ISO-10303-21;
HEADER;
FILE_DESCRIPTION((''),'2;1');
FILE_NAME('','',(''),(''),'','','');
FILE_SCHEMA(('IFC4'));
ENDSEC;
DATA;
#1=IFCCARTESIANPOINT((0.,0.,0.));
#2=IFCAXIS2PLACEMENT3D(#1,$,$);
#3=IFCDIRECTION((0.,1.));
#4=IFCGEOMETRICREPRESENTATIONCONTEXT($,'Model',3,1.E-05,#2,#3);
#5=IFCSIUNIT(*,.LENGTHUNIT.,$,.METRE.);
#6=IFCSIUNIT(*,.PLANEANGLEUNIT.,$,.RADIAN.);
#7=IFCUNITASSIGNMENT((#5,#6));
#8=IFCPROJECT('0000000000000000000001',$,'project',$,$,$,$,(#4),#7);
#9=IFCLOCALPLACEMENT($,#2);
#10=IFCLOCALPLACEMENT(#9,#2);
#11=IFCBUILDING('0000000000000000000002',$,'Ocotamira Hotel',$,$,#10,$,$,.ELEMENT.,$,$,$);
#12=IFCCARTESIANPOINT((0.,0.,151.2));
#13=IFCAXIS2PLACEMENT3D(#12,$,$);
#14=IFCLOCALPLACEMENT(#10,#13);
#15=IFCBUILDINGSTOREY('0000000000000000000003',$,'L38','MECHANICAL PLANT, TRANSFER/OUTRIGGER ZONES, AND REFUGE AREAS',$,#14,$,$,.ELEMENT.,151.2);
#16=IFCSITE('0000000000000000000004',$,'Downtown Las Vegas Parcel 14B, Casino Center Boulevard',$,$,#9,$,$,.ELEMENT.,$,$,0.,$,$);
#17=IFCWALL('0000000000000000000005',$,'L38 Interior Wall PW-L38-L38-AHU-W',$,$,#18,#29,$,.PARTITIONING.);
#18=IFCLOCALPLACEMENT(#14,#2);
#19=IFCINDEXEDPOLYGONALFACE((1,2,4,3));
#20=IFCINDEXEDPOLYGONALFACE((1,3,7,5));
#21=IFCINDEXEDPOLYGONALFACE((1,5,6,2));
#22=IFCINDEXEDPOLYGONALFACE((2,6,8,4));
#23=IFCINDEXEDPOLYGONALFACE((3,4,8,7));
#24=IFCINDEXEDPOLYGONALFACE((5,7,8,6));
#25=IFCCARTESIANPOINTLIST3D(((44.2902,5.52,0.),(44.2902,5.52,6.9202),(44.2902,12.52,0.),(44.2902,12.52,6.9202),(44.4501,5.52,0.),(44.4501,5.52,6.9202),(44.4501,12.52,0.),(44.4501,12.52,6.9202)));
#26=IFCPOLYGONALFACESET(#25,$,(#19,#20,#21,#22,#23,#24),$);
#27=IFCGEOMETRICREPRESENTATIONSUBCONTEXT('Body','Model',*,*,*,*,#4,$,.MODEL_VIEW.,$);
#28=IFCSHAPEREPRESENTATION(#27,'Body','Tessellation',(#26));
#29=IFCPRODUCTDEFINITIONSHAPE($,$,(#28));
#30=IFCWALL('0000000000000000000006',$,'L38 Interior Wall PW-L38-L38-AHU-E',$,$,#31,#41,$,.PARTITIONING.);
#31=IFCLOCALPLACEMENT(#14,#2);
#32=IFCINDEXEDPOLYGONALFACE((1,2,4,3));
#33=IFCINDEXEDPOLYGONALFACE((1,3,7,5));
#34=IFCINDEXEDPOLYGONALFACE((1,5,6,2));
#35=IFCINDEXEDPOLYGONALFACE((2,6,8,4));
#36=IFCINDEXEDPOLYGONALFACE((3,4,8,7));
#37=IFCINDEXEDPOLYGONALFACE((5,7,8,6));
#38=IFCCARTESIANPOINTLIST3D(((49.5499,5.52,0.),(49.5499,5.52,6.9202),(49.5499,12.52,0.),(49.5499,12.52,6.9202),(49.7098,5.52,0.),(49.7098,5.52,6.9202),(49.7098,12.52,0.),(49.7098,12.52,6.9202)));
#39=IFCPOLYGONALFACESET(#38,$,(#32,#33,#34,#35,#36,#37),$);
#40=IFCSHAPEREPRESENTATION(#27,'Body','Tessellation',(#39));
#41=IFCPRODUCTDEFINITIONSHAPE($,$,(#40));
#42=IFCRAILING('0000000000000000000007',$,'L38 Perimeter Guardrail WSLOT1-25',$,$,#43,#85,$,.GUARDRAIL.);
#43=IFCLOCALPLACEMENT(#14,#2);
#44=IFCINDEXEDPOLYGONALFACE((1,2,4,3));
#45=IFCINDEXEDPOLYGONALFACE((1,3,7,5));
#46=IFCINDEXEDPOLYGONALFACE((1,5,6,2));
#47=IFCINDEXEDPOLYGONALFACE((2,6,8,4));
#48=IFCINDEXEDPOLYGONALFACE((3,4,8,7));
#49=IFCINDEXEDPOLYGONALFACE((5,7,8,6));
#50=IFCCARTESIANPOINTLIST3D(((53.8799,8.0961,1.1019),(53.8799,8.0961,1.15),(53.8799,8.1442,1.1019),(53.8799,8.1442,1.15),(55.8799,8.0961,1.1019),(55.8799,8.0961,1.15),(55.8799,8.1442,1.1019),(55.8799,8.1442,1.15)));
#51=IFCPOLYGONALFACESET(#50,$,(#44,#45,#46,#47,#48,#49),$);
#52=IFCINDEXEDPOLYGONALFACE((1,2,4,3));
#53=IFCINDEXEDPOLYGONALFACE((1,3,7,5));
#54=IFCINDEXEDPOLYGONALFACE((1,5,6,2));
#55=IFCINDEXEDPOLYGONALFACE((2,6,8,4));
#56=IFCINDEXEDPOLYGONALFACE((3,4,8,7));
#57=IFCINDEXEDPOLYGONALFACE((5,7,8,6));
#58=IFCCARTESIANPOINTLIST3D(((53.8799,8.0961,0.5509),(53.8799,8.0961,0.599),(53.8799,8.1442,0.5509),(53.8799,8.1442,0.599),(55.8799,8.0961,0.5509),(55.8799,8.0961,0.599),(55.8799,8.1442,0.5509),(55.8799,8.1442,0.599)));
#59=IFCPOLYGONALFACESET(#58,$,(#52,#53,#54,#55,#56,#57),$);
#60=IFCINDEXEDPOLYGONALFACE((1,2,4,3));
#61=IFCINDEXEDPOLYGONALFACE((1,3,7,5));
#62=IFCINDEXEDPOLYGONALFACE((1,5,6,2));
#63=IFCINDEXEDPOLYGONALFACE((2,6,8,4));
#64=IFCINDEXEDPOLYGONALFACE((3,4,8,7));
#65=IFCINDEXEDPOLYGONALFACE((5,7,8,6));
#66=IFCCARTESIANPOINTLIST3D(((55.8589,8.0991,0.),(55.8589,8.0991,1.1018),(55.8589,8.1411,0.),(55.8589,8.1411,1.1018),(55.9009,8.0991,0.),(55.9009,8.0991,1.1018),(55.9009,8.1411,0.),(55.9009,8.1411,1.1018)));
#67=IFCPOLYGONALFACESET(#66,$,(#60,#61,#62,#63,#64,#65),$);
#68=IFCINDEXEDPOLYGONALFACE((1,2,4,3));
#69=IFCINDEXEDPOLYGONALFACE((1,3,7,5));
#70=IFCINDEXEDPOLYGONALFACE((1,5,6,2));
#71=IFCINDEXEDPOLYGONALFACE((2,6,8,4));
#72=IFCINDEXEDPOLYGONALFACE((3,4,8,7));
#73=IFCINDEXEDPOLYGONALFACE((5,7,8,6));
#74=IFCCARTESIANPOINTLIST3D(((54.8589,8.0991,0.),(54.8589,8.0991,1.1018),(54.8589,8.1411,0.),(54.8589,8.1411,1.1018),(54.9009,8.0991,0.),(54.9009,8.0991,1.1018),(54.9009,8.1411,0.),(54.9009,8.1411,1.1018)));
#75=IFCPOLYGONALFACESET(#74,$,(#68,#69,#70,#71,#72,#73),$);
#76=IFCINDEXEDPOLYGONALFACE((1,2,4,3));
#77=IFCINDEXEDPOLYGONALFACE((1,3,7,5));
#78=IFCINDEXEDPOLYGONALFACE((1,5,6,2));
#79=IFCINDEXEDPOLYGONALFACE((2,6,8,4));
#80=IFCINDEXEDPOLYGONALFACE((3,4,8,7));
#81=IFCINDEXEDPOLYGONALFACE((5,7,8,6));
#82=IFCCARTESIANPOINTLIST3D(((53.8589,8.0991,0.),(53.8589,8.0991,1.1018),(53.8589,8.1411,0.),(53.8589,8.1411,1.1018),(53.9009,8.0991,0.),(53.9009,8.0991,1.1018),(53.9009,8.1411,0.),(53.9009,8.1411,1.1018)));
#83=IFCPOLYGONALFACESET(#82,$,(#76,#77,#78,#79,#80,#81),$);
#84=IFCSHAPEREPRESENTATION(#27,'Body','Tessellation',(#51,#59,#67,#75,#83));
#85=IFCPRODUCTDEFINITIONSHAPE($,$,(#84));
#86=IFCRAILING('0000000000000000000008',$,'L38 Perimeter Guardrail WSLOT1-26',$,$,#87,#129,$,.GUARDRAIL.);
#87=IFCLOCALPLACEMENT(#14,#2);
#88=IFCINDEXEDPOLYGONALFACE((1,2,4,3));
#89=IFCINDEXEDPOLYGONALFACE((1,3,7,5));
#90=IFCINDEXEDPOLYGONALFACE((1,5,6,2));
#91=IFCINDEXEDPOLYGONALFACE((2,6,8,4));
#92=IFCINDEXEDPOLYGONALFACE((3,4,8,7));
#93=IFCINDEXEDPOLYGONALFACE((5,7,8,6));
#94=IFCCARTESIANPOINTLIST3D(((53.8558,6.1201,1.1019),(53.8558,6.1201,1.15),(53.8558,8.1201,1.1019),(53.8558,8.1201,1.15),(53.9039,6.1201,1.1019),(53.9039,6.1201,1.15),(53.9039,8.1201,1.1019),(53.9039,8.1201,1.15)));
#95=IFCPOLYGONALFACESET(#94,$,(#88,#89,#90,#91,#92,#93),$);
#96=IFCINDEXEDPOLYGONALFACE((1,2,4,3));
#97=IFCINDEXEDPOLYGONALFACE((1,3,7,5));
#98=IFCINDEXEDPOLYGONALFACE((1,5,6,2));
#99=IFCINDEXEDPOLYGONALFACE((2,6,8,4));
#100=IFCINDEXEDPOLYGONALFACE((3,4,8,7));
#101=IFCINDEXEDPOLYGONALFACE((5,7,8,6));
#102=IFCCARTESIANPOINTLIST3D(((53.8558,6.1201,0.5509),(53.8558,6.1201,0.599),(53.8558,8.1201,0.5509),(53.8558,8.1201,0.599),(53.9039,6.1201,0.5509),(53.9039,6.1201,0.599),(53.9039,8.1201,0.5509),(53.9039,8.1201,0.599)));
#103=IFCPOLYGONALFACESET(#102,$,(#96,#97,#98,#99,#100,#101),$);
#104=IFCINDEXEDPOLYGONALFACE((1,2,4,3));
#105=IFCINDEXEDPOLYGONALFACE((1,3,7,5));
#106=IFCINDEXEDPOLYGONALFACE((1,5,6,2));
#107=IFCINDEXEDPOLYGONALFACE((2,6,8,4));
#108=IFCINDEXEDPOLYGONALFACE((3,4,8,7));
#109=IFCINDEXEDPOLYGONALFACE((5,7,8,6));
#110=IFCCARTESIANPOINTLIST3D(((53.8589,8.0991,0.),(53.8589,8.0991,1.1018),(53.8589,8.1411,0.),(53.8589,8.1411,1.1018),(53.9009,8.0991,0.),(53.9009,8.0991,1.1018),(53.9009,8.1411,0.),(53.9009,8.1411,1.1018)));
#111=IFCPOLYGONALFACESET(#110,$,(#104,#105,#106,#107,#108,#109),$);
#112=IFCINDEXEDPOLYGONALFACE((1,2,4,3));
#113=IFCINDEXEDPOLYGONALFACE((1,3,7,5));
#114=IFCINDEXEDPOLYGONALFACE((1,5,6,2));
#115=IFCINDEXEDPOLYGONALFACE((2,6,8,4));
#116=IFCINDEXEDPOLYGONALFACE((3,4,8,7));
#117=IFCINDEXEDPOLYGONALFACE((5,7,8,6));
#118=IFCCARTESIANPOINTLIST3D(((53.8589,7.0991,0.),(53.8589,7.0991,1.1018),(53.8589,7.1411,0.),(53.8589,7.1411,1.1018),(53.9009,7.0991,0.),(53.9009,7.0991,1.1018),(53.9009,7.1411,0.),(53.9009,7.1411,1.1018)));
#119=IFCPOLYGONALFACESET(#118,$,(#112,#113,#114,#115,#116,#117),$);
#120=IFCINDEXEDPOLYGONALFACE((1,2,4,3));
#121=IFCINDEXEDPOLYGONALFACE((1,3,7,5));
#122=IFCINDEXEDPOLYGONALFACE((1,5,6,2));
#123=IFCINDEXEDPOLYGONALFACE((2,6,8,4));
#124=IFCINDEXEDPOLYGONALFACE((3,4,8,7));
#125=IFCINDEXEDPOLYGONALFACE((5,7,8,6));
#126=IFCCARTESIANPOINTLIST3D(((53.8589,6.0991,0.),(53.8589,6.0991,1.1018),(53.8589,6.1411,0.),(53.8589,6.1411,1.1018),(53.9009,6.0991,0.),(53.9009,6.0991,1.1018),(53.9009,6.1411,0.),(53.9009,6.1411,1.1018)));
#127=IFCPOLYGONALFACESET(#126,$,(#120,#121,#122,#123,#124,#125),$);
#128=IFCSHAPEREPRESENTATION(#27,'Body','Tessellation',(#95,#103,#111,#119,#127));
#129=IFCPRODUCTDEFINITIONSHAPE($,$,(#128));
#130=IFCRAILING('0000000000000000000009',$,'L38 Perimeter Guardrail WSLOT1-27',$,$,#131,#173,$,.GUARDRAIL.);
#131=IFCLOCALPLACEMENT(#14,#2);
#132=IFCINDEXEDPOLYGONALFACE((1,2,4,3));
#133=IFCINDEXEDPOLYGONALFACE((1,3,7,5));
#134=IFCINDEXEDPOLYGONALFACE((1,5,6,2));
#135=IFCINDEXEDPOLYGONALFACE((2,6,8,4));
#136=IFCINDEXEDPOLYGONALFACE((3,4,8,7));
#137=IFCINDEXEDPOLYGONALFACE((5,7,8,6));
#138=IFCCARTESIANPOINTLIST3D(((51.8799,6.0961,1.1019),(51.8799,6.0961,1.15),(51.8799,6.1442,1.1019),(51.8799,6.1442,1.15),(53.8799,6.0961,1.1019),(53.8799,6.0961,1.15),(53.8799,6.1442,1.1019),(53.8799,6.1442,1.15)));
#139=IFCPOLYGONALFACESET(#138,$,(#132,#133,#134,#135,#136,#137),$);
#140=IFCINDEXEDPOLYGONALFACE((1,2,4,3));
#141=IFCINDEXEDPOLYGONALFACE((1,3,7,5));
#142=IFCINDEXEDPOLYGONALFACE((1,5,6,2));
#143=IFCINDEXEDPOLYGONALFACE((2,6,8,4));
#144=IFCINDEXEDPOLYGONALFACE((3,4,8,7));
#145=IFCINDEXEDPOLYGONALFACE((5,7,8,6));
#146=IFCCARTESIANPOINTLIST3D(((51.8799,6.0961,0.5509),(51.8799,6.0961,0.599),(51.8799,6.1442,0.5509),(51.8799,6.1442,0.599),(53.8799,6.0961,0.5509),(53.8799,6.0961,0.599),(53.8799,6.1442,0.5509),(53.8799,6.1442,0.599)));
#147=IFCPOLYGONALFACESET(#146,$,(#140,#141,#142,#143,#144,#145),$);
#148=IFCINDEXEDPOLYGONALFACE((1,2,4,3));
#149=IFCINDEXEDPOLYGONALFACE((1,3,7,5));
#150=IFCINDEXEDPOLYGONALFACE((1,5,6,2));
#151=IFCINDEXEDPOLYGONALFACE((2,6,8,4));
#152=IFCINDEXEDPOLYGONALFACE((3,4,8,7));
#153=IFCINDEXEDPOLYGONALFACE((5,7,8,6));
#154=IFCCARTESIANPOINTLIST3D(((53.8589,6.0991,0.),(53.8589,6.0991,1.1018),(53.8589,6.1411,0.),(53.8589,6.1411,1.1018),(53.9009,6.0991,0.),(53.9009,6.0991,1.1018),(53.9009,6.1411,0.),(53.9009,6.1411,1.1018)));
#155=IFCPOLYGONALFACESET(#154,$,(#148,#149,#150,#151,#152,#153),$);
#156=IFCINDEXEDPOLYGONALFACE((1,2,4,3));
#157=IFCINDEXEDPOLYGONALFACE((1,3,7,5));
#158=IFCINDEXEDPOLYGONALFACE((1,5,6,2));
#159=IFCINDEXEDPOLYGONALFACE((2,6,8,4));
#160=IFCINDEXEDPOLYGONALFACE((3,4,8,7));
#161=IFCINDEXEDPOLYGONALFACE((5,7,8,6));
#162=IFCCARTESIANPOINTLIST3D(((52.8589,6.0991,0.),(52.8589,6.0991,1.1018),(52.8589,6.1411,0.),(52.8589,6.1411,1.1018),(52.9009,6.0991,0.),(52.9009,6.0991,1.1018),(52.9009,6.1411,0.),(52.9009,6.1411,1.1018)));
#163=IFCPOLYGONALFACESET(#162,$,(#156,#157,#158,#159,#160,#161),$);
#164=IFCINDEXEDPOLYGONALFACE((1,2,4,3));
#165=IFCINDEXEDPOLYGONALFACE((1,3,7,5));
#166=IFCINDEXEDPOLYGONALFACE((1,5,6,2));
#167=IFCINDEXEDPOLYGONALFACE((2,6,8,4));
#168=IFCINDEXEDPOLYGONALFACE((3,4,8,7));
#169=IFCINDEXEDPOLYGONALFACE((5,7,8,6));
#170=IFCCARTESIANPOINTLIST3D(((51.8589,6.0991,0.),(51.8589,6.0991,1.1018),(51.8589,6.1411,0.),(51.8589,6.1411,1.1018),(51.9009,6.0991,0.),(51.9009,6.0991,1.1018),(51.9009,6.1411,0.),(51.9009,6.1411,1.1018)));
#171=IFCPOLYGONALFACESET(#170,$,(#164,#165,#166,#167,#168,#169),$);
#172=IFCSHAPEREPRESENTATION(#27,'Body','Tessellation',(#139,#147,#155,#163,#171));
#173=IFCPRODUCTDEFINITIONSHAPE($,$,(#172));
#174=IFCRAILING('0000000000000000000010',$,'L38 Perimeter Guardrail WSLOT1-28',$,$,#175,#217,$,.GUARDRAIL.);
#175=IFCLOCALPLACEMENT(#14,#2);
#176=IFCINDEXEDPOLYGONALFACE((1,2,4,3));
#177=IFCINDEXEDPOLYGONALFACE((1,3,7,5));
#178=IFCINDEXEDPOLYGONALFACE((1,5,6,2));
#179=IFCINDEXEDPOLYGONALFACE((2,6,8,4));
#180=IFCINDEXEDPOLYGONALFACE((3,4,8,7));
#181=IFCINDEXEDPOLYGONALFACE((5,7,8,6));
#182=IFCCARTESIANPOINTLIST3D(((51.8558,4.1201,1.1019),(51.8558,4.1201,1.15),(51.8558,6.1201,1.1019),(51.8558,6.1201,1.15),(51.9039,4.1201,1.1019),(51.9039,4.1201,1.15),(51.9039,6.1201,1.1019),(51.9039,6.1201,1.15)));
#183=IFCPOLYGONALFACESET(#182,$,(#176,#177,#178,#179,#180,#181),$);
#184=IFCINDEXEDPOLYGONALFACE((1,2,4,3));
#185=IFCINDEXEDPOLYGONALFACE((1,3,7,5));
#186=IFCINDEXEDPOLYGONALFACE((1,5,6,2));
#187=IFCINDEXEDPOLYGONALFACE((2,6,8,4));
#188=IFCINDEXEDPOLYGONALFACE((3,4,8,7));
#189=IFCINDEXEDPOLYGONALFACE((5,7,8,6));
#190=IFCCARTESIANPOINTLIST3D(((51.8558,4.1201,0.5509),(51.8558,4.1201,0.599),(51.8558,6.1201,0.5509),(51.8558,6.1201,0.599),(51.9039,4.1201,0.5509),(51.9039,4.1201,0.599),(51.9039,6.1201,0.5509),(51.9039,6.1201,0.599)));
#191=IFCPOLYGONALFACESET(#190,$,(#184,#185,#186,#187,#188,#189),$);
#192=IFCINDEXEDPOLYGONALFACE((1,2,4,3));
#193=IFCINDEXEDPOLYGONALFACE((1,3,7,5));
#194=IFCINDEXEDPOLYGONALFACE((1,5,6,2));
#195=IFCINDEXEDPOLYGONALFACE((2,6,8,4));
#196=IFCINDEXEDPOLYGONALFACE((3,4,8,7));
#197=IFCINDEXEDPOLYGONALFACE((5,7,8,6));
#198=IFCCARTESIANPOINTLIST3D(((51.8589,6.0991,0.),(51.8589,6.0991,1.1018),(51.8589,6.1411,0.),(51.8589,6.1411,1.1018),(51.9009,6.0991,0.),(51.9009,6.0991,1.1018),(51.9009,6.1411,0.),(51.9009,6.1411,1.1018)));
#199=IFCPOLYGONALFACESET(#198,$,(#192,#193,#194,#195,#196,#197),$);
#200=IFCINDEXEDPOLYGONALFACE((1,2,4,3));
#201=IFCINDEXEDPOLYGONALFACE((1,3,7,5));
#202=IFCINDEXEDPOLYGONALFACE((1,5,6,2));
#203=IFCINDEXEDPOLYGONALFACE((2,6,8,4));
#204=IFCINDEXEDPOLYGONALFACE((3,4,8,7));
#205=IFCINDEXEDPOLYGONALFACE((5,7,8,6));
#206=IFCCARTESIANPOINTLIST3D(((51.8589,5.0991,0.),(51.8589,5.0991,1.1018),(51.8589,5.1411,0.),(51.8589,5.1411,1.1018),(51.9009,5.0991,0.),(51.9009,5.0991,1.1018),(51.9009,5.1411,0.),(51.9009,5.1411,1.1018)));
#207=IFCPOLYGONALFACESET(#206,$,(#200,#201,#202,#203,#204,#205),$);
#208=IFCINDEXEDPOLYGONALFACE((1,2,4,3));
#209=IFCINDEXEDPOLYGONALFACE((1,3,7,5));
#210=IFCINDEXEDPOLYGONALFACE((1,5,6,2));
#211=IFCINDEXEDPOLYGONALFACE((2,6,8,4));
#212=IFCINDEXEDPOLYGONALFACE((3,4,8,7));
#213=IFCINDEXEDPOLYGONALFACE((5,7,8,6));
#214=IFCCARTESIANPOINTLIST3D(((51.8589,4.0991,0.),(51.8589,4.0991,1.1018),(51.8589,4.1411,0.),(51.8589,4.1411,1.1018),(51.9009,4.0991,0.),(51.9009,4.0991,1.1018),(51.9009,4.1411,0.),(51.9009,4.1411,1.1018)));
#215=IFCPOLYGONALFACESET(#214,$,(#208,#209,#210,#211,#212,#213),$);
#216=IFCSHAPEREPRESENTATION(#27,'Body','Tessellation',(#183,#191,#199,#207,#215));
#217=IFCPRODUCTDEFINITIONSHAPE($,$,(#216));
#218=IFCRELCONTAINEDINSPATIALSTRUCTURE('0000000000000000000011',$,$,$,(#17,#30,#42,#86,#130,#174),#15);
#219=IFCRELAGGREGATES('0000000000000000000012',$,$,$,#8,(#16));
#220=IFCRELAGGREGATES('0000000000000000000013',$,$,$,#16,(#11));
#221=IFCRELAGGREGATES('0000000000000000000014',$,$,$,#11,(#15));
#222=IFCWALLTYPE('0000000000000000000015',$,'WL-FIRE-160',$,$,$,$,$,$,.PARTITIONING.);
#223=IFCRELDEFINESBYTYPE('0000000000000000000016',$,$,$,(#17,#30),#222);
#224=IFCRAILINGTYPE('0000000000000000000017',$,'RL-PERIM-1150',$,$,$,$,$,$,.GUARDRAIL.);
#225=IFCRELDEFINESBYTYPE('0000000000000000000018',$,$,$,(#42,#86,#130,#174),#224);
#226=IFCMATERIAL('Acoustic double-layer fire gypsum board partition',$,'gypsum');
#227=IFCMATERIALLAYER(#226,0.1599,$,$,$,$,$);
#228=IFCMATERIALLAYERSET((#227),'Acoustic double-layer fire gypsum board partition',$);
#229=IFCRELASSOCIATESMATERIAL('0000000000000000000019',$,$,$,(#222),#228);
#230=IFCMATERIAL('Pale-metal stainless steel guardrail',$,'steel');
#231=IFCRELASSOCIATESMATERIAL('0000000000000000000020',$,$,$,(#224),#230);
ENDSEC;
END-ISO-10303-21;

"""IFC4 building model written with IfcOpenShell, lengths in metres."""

from ifc_helpers import new_model, si_unit, direction, frame, frame_2d, origin, origin_2d, place, context, subcontext, project, spatial, rectangle, extrude, material, layer, layer_set, type_object, element, save


model = new_model("IFC4")

# Units and contexts
model_context = context("Model", 3, precision=1e-05, world=origin(), true_north=direction((0.0, 1.0)))
body_context = subcontext(model_context, "Body", "Model", "MODEL_VIEW")
ifc_project = project(units=[si_unit("LENGTHUNIT", "METRE"), si_unit("PLANEANGLEUNIT", "RADIAN")], contexts=[model_context])

# Site, building, storey
site_placement = place(None, origin())
site = spatial("IfcSite", under=ifc_project, at=site_placement, Name="Downtown Las Vegas Parcel 14B, Casino Center Boulevard", CompositionType="ELEMENT", RefElevation=0.0)
building_placement = place(site_placement, origin())
building = spatial("IfcBuilding", under=site, at=building_placement, Name="Ocotamira Hotel", CompositionType="ELEMENT")
storey_placement = place(building_placement, frame((0.0, 0.0, 151.2)))
storey = spatial("IfcBuildingStorey", under=building, at=storey_placement, Name="L38", Description="MECHANICAL PLANT, TRANSFER/OUTRIGGER ZONES, AND REFUGE AREAS", CompositionType="ELEMENT", Elevation=151.2)

# Shared definitions
ifc_material_1 = material(Name="Acoustic double-layer fire gypsum board partition", Category="gypsum")
ifc_layer_1 = layer(ifc_material_1, 0.1599)
ifc_layer_set_1 = layer_set([ifc_layer_1], Name="Acoustic double-layer fire gypsum board partition")
wall_type = type_object("IfcWallType", Name="WL-FIRE-160", PredefinedType="PARTITIONING", material=ifc_layer_set_1)

# Walls
for number, where, z_axis, x_axis, name in (
    (1, (44.3701, 5.52, 0.0), (0.0, 0.0, 1.0), (0.0, 1.0, 0.0), "L38 Interior Wall PW-L38-L38-AHU-W"),
    (2, (49.6299, 5.52, 0.0), (0.0, 0.0, 1.0), (0.0, 1.0, 0.0), "L38 Interior Wall PW-L38-L38-AHU-E"),
):
    element("IfcWall", number, at=place(storey_placement, frame(where, z_axis=z_axis, x_axis=x_axis)), inside=storey, type_object=wall_type, Name=name, PredefinedType="PARTITIONING", context=body_context, shape_type="SweptSolid", body=[
        extrude(rectangle(XDim=7.0, YDim=0.1599, at=frame_2d((3.5, 0.0))), origin(), (0.0, 0.0, 1.0), 6.9202),
    ])

# Railings
ifc_material_2 = material(Name="Pale-metal stainless steel guardrail", Category="steel")
railing_type = type_object("IfcRailingType", Name="RL-PERIM-1150", PredefinedType="GUARDRAIL", material=ifc_material_2)
railing_1_placement = place(storey_placement, frame((55.8799, 8.1201, 0.0)))
element("IfcRailing", 3, at=railing_1_placement, inside=storey, type_object=railing_type, Name="L38 Perimeter Guardrail WSLOT1-25", PredefinedType="GUARDRAIL", context=body_context, shape_type="SweptSolid", body=[
    extrude(rectangle(XDim=0.0481, YDim=0.0481, at=origin_2d()), frame((0.0, 0.0, 1.126), z_axis=(-1.0, 0.0, 0.0), x_axis=(0.0, -1.0, 0.0)), (0.0, 0.0, 1.0), 2.0),
    extrude(rectangle(XDim=0.0481, YDim=0.0481, at=origin_2d()), frame((0.0, 0.0, 0.575), z_axis=(-1.0, 0.0, 0.0), x_axis=(0.0, -1.0, 0.0)), (0.0, 0.0, 1.0), 2.0),
    extrude(rectangle(XDim=0.042, YDim=0.042, at=origin_2d()), origin(), (0.0, 0.0, 1.0), 1.1018),
    extrude(rectangle(XDim=0.042, YDim=0.042, at=origin_2d()), frame((-1.0, 0.0, 0.0)), (0.0, 0.0, 1.0), 1.1018),
    extrude(rectangle(XDim=0.042, YDim=0.042, at=origin_2d()), frame((-2.0, 0.0, 0.0)), (0.0, 0.0, 1.0), 1.1018),
])
railing_2_placement = place(storey_placement, frame((53.8799, 8.1201, 0.0)))
element("IfcRailing", 4, at=railing_2_placement, inside=storey, type_object=railing_type, Name="L38 Perimeter Guardrail WSLOT1-26", PredefinedType="GUARDRAIL", context=body_context, shape_type="SweptSolid", body=[
    extrude(rectangle(XDim=0.0481, YDim=0.0481, at=origin_2d()), frame((0.0, 0.0, 1.126), z_axis=(0.0, -1.0, 0.0), x_axis=(1.0, 0.0, 0.0)), (0.0, 0.0, 1.0), 2.0),
    extrude(rectangle(XDim=0.0481, YDim=0.0481, at=origin_2d()), frame((0.0, 0.0, 0.575), z_axis=(0.0, -1.0, 0.0), x_axis=(1.0, 0.0, 0.0)), (0.0, 0.0, 1.0), 2.0),
    extrude(rectangle(XDim=0.042, YDim=0.042, at=origin_2d()), origin(), (0.0, 0.0, 1.0), 1.1018),
    extrude(rectangle(XDim=0.042, YDim=0.042, at=origin_2d()), frame((0.0, -1.0, 0.0)), (0.0, 0.0, 1.0), 1.1018),
    extrude(rectangle(XDim=0.042, YDim=0.042, at=origin_2d()), frame((0.0, -2.0, 0.0)), (0.0, 0.0, 1.0), 1.1018),
])
railing_3_placement = place(storey_placement, frame((53.8799, 6.1201, 0.0)))
element("IfcRailing", 5, at=railing_3_placement, inside=storey, type_object=railing_type, Name="L38 Perimeter Guardrail WSLOT1-27", PredefinedType="GUARDRAIL", context=body_context, shape_type="SweptSolid", body=[
    extrude(rectangle(XDim=0.0481, YDim=0.0481, at=origin_2d()), frame((0.0, 0.0, 1.126), z_axis=(-1.0, 0.0, 0.0), x_axis=(0.0, -1.0, 0.0)), (0.0, 0.0, 1.0), 2.0),
    extrude(rectangle(XDim=0.0481, YDim=0.0481, at=origin_2d()), frame((0.0, 0.0, 0.575), z_axis=(-1.0, 0.0, 0.0), x_axis=(0.0, -1.0, 0.0)), (0.0, 0.0, 1.0), 2.0),
    extrude(rectangle(XDim=0.042, YDim=0.042, at=origin_2d()), origin(), (0.0, 0.0, 1.0), 1.1018),
    extrude(rectangle(XDim=0.042, YDim=0.042, at=origin_2d()), frame((-1.0, 0.0, 0.0)), (0.0, 0.0, 1.0), 1.1018),
    extrude(rectangle(XDim=0.042, YDim=0.042, at=origin_2d()), frame((-2.0, 0.0, 0.0)), (0.0, 0.0, 1.0), 1.1018),
])
railing_4_placement = place(storey_placement, frame((51.8799, 6.1201, 0.0)))
element("IfcRailing", 6, at=railing_4_placement, inside=storey, type_object=railing_type, Name="L38 Perimeter Guardrail WSLOT1-28", PredefinedType="GUARDRAIL", context=body_context, shape_type="SweptSolid", body=[
    extrude(rectangle(XDim=0.0481, YDim=0.0481, at=origin_2d()), frame((0.0, 0.0, 1.126), z_axis=(0.0, -1.0, 0.0), x_axis=(1.0, 0.0, 0.0)), (0.0, 0.0, 1.0), 2.0),
    extrude(rectangle(XDim=0.0481, YDim=0.0481, at=origin_2d()), frame((0.0, 0.0, 0.575), z_axis=(0.0, -1.0, 0.0), x_axis=(1.0, 0.0, 0.0)), (0.0, 0.0, 1.0), 2.0),
    extrude(rectangle(XDim=0.042, YDim=0.042, at=origin_2d()), origin(), (0.0, 0.0, 1.0), 1.1018),
    extrude(rectangle(XDim=0.042, YDim=0.042, at=origin_2d()), frame((0.0, -1.0, 0.0)), (0.0, 0.0, 1.0), 1.1018),
    extrude(rectangle(XDim=0.042, YDim=0.042, at=origin_2d()), frame((0.0, -2.0, 0.0)), (0.0, 0.0, 1.0), 1.1018),
])

save(model, "model.ifc")
